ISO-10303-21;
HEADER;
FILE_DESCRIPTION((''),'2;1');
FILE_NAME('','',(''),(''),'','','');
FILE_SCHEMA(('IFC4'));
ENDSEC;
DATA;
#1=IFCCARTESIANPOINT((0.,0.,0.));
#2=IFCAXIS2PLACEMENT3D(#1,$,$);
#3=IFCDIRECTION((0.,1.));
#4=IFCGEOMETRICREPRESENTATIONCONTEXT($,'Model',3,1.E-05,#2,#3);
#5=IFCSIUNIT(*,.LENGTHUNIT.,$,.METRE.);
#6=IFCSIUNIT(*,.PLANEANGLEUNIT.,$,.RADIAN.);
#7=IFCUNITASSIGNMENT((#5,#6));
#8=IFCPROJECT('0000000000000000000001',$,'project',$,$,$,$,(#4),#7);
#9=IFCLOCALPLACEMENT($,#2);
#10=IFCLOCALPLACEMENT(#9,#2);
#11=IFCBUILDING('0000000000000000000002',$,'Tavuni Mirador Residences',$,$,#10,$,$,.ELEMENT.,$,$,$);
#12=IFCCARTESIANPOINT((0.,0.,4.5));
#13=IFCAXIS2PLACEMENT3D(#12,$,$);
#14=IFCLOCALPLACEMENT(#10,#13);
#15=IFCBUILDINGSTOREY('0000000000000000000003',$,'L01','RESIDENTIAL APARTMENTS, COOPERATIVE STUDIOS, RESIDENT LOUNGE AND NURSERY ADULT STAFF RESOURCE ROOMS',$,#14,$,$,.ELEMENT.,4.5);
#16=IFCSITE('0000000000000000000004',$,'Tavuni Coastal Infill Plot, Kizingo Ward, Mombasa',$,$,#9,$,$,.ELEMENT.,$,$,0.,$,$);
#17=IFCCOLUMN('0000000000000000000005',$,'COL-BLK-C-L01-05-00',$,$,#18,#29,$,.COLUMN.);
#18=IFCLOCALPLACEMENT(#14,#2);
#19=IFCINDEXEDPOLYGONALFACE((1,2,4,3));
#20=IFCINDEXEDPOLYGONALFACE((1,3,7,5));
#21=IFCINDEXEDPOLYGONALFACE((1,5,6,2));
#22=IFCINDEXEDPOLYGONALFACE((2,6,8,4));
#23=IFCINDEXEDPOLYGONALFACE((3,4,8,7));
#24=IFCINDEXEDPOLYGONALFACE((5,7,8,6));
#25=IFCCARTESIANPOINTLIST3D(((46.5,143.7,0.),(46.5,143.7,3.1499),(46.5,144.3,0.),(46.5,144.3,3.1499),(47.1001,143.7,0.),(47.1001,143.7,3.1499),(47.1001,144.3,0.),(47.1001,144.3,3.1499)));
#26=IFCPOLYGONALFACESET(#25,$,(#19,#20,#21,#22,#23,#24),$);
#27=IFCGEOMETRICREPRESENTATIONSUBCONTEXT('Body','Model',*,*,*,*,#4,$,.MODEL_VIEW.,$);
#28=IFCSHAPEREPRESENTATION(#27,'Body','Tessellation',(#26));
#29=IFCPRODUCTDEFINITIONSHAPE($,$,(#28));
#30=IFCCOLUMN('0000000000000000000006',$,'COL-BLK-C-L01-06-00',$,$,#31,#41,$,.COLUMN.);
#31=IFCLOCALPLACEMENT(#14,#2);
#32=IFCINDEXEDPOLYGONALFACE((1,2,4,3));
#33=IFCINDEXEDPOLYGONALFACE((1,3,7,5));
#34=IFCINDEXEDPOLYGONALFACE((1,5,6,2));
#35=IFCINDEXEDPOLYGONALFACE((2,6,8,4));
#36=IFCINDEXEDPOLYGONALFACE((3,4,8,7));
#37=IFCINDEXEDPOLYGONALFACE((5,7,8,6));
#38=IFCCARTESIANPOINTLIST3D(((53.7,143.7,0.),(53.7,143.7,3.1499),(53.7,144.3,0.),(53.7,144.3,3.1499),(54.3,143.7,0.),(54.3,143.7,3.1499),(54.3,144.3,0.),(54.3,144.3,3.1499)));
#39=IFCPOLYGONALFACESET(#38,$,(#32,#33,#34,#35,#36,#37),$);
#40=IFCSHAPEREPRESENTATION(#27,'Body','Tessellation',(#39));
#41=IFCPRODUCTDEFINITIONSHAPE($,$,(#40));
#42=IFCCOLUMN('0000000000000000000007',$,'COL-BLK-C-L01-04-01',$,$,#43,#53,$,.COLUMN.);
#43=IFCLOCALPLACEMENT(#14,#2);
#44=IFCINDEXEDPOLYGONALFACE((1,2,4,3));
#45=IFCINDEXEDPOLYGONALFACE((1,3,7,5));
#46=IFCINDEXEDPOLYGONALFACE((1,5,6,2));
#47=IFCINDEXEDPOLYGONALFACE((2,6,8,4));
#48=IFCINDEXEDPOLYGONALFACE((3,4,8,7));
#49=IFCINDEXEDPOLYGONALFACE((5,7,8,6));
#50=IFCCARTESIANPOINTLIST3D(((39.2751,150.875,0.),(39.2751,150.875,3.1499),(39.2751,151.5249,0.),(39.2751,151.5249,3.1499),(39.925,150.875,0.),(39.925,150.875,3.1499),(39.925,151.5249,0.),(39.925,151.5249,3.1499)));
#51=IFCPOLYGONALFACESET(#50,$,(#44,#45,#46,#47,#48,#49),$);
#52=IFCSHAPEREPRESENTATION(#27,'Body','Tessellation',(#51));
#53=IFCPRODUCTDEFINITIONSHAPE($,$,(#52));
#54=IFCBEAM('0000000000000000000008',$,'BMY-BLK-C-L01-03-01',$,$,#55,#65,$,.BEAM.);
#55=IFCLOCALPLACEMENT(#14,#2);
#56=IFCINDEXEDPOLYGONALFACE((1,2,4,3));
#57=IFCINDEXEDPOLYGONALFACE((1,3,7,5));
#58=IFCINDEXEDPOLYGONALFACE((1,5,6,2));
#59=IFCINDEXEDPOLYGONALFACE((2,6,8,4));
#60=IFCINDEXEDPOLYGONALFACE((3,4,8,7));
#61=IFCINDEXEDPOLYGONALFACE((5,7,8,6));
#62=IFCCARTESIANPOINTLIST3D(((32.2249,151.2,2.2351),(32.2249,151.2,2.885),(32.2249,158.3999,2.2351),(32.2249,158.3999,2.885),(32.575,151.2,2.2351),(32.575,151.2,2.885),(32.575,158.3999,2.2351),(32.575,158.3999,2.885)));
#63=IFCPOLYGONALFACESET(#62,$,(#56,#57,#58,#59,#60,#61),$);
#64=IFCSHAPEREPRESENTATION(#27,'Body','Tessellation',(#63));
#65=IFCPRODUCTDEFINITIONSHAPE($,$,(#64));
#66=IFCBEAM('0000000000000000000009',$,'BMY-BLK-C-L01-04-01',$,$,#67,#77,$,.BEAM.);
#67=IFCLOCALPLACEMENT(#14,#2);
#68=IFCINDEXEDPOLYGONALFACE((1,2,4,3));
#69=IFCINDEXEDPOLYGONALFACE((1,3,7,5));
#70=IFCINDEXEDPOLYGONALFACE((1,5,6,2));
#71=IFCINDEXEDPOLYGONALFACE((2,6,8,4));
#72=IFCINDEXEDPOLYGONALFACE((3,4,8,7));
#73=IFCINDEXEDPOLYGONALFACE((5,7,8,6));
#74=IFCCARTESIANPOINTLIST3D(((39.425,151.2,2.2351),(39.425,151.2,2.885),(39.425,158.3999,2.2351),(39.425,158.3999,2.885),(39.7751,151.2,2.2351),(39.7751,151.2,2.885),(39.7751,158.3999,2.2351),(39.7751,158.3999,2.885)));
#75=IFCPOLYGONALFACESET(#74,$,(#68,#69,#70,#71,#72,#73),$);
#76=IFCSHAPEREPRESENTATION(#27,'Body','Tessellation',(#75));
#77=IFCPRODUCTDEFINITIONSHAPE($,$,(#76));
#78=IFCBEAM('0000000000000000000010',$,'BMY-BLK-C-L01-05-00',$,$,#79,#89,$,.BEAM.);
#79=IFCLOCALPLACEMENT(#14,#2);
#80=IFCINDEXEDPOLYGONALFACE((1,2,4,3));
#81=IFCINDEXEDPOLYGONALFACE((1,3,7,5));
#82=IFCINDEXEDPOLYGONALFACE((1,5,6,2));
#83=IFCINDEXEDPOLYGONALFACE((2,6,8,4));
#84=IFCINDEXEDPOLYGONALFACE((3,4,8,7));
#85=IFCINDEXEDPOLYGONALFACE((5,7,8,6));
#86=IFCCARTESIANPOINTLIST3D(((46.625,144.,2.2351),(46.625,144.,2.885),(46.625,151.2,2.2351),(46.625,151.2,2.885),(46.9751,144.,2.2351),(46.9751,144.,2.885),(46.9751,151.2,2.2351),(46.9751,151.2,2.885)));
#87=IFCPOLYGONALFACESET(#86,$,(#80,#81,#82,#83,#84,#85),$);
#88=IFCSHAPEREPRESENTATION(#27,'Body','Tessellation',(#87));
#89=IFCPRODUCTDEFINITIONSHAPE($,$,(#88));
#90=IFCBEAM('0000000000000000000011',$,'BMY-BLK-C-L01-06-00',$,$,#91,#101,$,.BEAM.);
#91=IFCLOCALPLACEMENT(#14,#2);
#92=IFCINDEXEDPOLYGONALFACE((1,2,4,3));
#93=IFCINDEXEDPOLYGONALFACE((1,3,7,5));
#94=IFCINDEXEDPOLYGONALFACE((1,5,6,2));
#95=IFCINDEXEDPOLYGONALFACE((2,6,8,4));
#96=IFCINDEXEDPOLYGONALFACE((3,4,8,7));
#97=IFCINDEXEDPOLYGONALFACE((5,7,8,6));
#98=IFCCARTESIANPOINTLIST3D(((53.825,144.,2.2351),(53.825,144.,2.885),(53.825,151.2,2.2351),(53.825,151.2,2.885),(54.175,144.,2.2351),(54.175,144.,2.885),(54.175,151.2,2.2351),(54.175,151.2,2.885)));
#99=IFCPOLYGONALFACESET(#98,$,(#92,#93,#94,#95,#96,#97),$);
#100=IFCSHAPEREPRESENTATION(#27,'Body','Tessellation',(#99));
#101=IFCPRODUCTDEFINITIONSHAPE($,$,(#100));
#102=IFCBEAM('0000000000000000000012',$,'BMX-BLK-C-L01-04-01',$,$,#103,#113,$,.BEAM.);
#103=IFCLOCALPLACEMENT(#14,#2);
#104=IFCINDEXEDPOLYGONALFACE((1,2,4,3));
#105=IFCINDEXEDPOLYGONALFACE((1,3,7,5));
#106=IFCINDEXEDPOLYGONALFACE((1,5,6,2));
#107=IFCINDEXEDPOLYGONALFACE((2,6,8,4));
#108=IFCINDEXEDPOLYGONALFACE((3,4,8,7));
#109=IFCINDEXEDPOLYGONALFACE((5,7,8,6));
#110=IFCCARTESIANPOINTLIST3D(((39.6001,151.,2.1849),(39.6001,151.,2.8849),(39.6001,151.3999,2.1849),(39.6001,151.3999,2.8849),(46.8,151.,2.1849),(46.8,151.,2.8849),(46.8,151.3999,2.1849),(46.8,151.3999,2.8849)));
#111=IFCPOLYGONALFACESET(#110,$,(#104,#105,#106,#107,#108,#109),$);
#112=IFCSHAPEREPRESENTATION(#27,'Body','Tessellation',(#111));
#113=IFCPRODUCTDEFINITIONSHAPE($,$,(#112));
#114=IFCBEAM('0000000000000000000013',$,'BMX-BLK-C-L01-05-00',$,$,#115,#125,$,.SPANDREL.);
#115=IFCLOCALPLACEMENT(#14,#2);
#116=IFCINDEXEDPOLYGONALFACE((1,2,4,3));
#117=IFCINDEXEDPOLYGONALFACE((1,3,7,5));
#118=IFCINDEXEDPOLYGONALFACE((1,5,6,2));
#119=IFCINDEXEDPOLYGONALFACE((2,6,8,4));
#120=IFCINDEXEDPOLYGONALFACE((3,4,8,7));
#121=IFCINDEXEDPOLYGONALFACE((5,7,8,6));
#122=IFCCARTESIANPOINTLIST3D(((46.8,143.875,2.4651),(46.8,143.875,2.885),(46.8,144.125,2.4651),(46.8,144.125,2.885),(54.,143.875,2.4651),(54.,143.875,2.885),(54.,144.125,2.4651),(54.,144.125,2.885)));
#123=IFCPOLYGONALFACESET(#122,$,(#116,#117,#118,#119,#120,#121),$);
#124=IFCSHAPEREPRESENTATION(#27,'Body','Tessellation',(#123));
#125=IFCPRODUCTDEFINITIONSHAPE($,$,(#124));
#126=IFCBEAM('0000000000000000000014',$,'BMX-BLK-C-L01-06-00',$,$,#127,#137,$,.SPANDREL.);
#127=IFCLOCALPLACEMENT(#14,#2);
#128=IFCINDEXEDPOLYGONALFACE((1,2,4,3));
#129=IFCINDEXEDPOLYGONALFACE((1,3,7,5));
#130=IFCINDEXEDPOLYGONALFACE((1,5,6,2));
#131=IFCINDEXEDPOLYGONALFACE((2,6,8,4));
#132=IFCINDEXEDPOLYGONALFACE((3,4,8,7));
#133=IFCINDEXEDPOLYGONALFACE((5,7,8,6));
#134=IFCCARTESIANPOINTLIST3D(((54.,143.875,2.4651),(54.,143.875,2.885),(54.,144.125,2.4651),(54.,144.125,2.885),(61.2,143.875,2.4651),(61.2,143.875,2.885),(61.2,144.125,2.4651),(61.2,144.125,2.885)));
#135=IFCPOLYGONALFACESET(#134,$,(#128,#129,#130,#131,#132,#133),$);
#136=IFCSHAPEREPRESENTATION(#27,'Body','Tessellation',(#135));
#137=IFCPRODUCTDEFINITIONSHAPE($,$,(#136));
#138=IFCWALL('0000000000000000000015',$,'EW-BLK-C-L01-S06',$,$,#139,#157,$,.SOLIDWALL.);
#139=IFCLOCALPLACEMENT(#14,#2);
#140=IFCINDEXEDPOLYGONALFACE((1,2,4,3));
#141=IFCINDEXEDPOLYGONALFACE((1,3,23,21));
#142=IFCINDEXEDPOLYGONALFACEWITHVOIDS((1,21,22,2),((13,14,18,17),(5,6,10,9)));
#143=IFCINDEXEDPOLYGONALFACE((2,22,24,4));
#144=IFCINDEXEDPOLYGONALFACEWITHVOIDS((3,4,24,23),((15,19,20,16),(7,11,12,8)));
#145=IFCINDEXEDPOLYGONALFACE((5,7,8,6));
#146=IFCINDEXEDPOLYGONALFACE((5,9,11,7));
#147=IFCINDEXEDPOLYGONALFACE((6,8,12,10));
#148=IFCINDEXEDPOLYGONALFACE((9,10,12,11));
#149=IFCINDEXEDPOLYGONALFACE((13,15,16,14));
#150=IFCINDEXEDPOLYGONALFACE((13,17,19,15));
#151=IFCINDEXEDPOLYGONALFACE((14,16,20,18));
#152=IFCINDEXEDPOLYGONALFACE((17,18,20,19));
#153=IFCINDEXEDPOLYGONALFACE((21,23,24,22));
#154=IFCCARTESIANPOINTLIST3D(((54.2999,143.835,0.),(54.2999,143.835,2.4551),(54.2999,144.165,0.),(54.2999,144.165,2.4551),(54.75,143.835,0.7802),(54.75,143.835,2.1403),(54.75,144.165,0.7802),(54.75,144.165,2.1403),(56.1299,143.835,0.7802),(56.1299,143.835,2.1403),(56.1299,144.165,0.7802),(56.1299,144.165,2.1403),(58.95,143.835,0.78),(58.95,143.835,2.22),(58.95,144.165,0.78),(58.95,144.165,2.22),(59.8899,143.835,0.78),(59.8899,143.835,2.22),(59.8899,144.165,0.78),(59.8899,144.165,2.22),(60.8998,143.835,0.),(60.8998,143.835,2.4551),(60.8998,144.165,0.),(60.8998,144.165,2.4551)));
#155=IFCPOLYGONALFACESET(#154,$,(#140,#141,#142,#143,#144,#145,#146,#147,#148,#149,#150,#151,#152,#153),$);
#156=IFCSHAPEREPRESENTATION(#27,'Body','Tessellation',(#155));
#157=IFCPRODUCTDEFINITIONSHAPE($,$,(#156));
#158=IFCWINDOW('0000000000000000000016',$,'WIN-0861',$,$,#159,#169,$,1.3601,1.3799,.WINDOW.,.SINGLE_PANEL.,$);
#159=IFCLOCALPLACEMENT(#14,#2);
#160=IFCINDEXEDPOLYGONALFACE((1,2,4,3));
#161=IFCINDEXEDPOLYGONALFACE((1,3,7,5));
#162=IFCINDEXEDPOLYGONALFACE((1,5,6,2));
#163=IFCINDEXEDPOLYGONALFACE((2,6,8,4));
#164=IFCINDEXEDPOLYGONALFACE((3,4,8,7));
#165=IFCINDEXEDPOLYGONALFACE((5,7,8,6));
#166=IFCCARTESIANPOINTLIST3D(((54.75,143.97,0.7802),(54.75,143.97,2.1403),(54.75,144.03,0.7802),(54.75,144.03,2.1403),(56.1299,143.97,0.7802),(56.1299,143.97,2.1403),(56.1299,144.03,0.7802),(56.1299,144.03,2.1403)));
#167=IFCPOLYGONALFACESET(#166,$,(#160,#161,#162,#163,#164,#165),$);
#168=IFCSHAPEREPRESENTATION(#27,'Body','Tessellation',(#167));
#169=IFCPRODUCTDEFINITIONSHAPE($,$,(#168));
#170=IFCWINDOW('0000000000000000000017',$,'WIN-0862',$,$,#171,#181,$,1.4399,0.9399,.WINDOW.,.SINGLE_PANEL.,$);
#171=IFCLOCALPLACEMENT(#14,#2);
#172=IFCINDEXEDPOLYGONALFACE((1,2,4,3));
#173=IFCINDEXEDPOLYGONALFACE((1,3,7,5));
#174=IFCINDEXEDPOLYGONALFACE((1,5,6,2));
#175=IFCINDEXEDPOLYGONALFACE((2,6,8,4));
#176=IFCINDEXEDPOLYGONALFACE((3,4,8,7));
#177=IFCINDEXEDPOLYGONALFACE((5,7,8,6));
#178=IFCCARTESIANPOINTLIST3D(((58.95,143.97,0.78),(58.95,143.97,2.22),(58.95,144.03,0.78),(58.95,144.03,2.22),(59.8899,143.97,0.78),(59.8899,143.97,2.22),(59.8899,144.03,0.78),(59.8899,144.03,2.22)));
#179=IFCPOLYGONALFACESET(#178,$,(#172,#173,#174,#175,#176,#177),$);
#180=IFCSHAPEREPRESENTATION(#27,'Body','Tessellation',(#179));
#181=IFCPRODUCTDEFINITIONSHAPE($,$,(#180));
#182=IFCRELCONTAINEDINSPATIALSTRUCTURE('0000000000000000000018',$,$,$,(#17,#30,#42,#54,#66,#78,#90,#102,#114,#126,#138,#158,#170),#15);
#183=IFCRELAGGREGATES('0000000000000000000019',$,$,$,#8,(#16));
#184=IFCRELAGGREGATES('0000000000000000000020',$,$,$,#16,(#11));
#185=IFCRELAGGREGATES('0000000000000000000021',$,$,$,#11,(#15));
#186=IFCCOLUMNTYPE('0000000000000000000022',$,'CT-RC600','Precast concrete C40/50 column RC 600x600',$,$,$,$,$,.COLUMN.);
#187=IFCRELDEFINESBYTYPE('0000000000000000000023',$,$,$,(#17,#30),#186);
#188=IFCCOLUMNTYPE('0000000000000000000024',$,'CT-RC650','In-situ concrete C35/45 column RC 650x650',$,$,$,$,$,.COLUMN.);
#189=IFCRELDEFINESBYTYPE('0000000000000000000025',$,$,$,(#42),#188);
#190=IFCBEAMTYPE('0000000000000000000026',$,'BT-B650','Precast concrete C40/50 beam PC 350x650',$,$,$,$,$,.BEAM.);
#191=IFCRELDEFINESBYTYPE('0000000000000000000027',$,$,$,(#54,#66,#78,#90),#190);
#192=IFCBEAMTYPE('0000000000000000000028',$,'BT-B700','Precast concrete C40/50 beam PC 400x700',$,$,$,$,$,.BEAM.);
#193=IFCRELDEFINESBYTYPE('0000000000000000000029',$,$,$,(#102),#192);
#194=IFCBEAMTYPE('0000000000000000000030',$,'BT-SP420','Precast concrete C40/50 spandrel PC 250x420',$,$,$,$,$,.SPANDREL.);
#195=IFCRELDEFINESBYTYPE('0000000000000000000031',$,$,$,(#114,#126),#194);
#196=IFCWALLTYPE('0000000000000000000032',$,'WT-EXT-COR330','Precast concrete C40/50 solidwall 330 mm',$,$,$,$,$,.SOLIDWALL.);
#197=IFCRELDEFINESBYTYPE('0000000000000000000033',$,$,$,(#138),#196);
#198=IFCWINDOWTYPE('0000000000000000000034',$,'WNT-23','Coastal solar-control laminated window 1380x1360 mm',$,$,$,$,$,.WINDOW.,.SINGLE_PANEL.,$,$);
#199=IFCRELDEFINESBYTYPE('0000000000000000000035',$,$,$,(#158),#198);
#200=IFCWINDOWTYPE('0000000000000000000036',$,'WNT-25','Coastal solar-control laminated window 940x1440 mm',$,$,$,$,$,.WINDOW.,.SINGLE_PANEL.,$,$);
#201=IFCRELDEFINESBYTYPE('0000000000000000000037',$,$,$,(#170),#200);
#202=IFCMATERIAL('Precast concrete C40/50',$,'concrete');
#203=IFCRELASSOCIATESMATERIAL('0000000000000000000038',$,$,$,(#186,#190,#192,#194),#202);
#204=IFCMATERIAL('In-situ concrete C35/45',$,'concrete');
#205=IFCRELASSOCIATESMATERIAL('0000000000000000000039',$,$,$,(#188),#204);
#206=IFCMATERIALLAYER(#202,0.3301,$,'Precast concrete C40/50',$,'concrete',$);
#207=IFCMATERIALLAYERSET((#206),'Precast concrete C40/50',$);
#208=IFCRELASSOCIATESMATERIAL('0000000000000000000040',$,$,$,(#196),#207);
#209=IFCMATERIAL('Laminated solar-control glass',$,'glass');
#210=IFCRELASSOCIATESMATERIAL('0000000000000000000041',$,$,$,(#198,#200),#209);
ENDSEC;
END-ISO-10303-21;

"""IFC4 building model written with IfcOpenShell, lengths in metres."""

from ifc_helpers import new_model, si_unit, direction, frame, frame_2d, origin, origin_2d, place, context, subcontext, project, spatial, rectangle, extrude, material, layer, layer_set, material_profile, profile_set, type_object, element, fill, save


model = new_model("IFC4")

# Units and contexts
model_context = context("Model", 3, precision=1e-05, world=origin(), true_north=direction((0.0, 1.0)))
body_context = subcontext(model_context, "Body", "Model", "MODEL_VIEW")
ifc_project = project(units=[si_unit("LENGTHUNIT", "METRE"), si_unit("PLANEANGLEUNIT", "RADIAN")], contexts=[model_context])

# Site, building, storey
site_placement = place(None, origin())
site = spatial("IfcSite", under=ifc_project, at=site_placement, Name="Tavuni Coastal Infill Plot, Kizingo Ward, Mombasa", CompositionType="ELEMENT", RefElevation=0.0)
building_placement = place(site_placement, origin())
building = spatial("IfcBuilding", under=site, at=building_placement, Name="Tavuni Mirador Residences", CompositionType="ELEMENT")
storey_placement = place(building_placement, frame((0.0, 0.0, 4.5)))
storey = spatial("IfcBuildingStorey", under=building, at=storey_placement, Name="L01", Description="RESIDENTIAL APARTMENTS, COOPERATIVE STUDIOS, RESIDENT LOUNGE AND NURSERY ADULT STAFF RESOURCE ROOMS", CompositionType="ELEMENT", Elevation=4.5)

# Columns
ifc_material_1 = material(Name="Precast concrete C40/50", Category="concrete")
ifc_material_profile_1 = material_profile(ifc_material_1, rectangle(XDim=0.6001, YDim=0.6001, at=origin_2d()), Name="RC 600x600", Category="concrete")
ifc_profile_set_1 = profile_set([ifc_material_profile_1], Name="Precast concrete C40/50")
column_type_1 = type_object("IfcColumnType", Name="CT-RC600", Description="Precast concrete C40/50 column RC 600x600", PredefinedType="COLUMN", material=ifc_profile_set_1)
for number, where, z_axis, x_axis, name in (
    (1, (46.8, 144.0, 0.0), (0.0, 0.0, 1.0), (1.0, 0.0, 0.0), "COL-BLK-C-L01-05-00"),
    (2, (54.0, 144.0, 0.0), (0.0, 0.0, 1.0), (1.0, 0.0, 0.0), "COL-BLK-C-L01-06-00"),
):
    element("IfcColumn", number, at=place(storey_placement, frame(where, z_axis=z_axis, x_axis=x_axis)), inside=storey, type_object=column_type_1, Name=name, PredefinedType="COLUMN", context=body_context, shape_type="SweptSolid", body=[
        extrude(rectangle(XDim=0.6001, YDim=0.6001, at=origin_2d()), origin(), (0.0, 0.0, 1.0), 3.1499),
    ])
ifc_material_2 = material(Name="In-situ concrete C35/45", Category="concrete")
ifc_material_profile_2 = material_profile(ifc_material_2, rectangle(XDim=0.6499, YDim=0.6499, at=origin_2d()), Name="RC 650x650", Category="concrete")
ifc_profile_set_2 = profile_set([ifc_material_profile_2], Name="In-situ concrete C35/45")
column_type_2 = type_object("IfcColumnType", Name="CT-RC650", Description="In-situ concrete C35/45 column RC 650x650", PredefinedType="COLUMN", material=ifc_profile_set_2)
column_placement = place(storey_placement, frame((39.6001, 151.2, 0.0), z_axis=(0.0, 0.0, 1.0), x_axis=(1.0, 0.0, 0.0)))
element("IfcColumn", 3, at=column_placement, inside=storey, type_object=column_type_2, Name="COL-BLK-C-L01-04-01", PredefinedType="COLUMN", context=body_context, shape_type="SweptSolid", body=[
    extrude(rectangle(XDim=0.6499, YDim=0.6499, at=origin_2d()), origin(), (0.0, 0.0, 1.0), 3.1499),
])

# Beams
ifc_material_profile_3 = material_profile(ifc_material_1, rectangle(XDim=0.3501, YDim=0.6499, at=origin_2d()), Name="PC 350x650", Category="concrete")
ifc_profile_set_3 = profile_set([ifc_material_profile_3], Name="Precast concrete C40/50")
beam_type_1 = type_object("IfcBeamType", Name="BT-B650", Description="Precast concrete C40/50 beam PC 350x650", PredefinedType="BEAM", material=ifc_profile_set_3)
for number, where, z_axis, x_axis, name in (
    (4, (32.3999, 151.2, 2.5601), (0.0, 1.0, 0.0), (-1.0, 0.0, 0.0), "BMY-BLK-C-L01-03-01"),
    (5, (39.6001, 151.2, 2.5601), (0.0, 1.0, 0.0), (-1.0, 0.0, 0.0), "BMY-BLK-C-L01-04-01"),
    (6, (46.8, 144.0, 2.5601), (0.0, 1.0, 0.0), (-1.0, 0.0, 0.0), "BMY-BLK-C-L01-05-00"),
    (7, (54.0, 144.0, 2.5601), (0.0, 1.0, 0.0), (-1.0, 0.0, 0.0), "BMY-BLK-C-L01-06-00"),
):
    element("IfcBeam", number, at=place(storey_placement, frame(where, z_axis=z_axis, x_axis=x_axis)), inside=storey, type_object=beam_type_1, Name=name, PredefinedType="BEAM", context=body_context, shape_type="SweptSolid", body=[
        extrude(rectangle(XDim=0.3501, YDim=0.6499, at=origin_2d()), origin(), (0.0, 0.0, 1.0), 7.2),
    ])
ifc_material_profile_4 = material_profile(ifc_material_1, rectangle(XDim=0.3999, YDim=0.7, at=origin_2d()), Name="PC 400x700", Category="concrete")
ifc_profile_set_4 = profile_set([ifc_material_profile_4], Name="Precast concrete C40/50")
beam_type_2 = type_object("IfcBeamType", Name="BT-B700", Description="Precast concrete C40/50 beam PC 400x700", PredefinedType="BEAM", material=ifc_profile_set_4)
beam_placement = place(storey_placement, frame((39.6001, 151.2, 2.5349), z_axis=(1.0, 0.0, 0.0), x_axis=(0.0, 1.0, 0.0)))
element("IfcBeam", 8, at=beam_placement, inside=storey, type_object=beam_type_2, Name="BMX-BLK-C-L01-04-01", PredefinedType="BEAM", context=body_context, shape_type="SweptSolid", body=[
    extrude(rectangle(XDim=0.3999, YDim=0.7, at=origin_2d()), origin(), (0.0, 0.0, 1.0), 7.2),
])
ifc_material_profile_5 = material_profile(ifc_material_1, rectangle(XDim=0.25, YDim=0.4199, at=origin_2d()), Name="PC 250x420", Category="concrete")
ifc_profile_set_5 = profile_set([ifc_material_profile_5], Name="Precast concrete C40/50")
beam_type_3 = type_object("IfcBeamType", Name="BT-SP420", Description="Precast concrete C40/50 spandrel PC 250x420", PredefinedType="SPANDREL", material=ifc_profile_set_5)
for number, where, z_axis, x_axis, name in (
    (9, (46.8, 144.0, 2.675), (1.0, 0.0, 0.0), (0.0, 1.0, 0.0), "BMX-BLK-C-L01-05-00"),
    (10, (54.0, 144.0, 2.675), (1.0, 0.0, 0.0), (0.0, 1.0, 0.0), "BMX-BLK-C-L01-06-00"),
):
    element("IfcBeam", number, at=place(storey_placement, frame(where, z_axis=z_axis, x_axis=x_axis)), inside=storey, type_object=beam_type_3, Name=name, PredefinedType="SPANDREL", context=body_context, shape_type="SweptSolid", body=[
        extrude(rectangle(XDim=0.25, YDim=0.4199, at=origin_2d()), origin(), (0.0, 0.0, 1.0), 7.2),
    ])

# Wall, openings, windows
ifc_layer_1 = layer(ifc_material_1, 0.3301, Name="Precast concrete C40/50", Category="concrete")
ifc_layer_set_1 = layer_set([ifc_layer_1], Name="Precast concrete C40/50")
wall_type_1 = type_object("IfcWallType", Name="WT-EXT-COR330", Description="Precast concrete C40/50 solidwall 330 mm", PredefinedType="SOLIDWALL", material=ifc_layer_set_1)
wall_1_placement = place(storey_placement, frame((54.3, 144.0, 0.0), z_axis=(0.0, 0.0, 1.0), x_axis=(1.0, 0.0, 0.0)))
wall_1 = element("IfcWall", 11, at=wall_1_placement, inside=storey, type_object=wall_type_1, Name="EW-BLK-C-L01-S06", PredefinedType="SOLIDWALL", context=body_context, shape_type="SweptSolid", body=[
    extrude(rectangle(XDim=6.5999, YDim=0.3301, at=frame_2d((3.2998, 0.0))), origin(), (0.0, 0.0, 1.0), 2.4551),
])
opening_1_placement = place(wall_1_placement, frame((0.45, 0.0, 0.78)))
opening_1 = element("IfcOpeningElement", 12, at=opening_1_placement, cuts=wall_1, PredefinedType="OPENING", context=body_context, shape_type="SweptSolid", body=[
    extrude(rectangle(XDim=1.3799, YDim=1.3601, at=frame_2d((0.6899, 0.6802))), frame((0.0, 0.175, 0.0), z_axis=(0.0, -1.0, 0.0), x_axis=(1.0, 0.0, 0.0)), (0.0, 0.0, 1.0), 0.3501),
])
opening_2_placement = place(wall_1_placement, frame((4.6499, 0.0, 0.78)))
opening_2 = element("IfcOpeningElement", 13, at=opening_2_placement, cuts=wall_1, PredefinedType="OPENING", context=body_context, shape_type="SweptSolid", body=[
    extrude(rectangle(XDim=0.9399, YDim=1.4399, at=frame_2d((0.47, 0.72))), frame((0.0, 0.175, 0.0), z_axis=(0.0, -1.0, 0.0), x_axis=(1.0, 0.0, 0.0)), (0.0, 0.0, 1.0), 0.3501),
])
ifc_material_3 = material(Name="Laminated solar-control glass", Category="glass")
window_type_1 = type_object("IfcWindowType", Name="WNT-23", Description="Coastal solar-control laminated window 1380x1360 mm", PartitioningType="SINGLE_PANEL", PredefinedType="WINDOW", material=ifc_material_3)
window_1_placement = place(opening_1_placement, origin())
window_1 = element("IfcWindow", 14, at=window_1_placement, inside=storey, type_object=window_type_1, Name="WIN-0861", OverallHeight=1.3601, OverallWidth=1.3799, PartitioningType="SINGLE_PANEL", PredefinedType="WINDOW", context=body_context, shape_type="SweptSolid", body=[
    extrude(rectangle(XDim=1.3799, YDim=1.3601, at=frame_2d((0.6899, 0.6802))), frame((0.0, 0.03, 0.0), z_axis=(0.0, -1.0, 0.0), x_axis=(1.0, 0.0, 0.0)), (0.0, 0.0, 1.0), 0.0601),
])
fill(opening_1, window_1)
window_type_2 = type_object("IfcWindowType", Name="WNT-25", Description="Coastal solar-control laminated window 940x1440 mm", PartitioningType="SINGLE_PANEL", PredefinedType="WINDOW", material=ifc_material_3)
window_2_placement = place(opening_2_placement, origin())
window_2 = element("IfcWindow", 15, at=window_2_placement, inside=storey, type_object=window_type_2, Name="WIN-0862", OverallHeight=1.4399, OverallWidth=0.9399, PartitioningType="SINGLE_PANEL", PredefinedType="WINDOW", context=body_context, shape_type="SweptSolid", body=[
    extrude(rectangle(XDim=0.9399, YDim=1.4399, at=frame_2d((0.47, 0.72))), frame((0.0, 0.03, 0.0), z_axis=(0.0, -1.0, 0.0), x_axis=(1.0, 0.0, 0.0)), (0.0, 0.0, 1.0), 0.0601),
])
fill(opening_2, window_2)

save(model, "model.ifc")
